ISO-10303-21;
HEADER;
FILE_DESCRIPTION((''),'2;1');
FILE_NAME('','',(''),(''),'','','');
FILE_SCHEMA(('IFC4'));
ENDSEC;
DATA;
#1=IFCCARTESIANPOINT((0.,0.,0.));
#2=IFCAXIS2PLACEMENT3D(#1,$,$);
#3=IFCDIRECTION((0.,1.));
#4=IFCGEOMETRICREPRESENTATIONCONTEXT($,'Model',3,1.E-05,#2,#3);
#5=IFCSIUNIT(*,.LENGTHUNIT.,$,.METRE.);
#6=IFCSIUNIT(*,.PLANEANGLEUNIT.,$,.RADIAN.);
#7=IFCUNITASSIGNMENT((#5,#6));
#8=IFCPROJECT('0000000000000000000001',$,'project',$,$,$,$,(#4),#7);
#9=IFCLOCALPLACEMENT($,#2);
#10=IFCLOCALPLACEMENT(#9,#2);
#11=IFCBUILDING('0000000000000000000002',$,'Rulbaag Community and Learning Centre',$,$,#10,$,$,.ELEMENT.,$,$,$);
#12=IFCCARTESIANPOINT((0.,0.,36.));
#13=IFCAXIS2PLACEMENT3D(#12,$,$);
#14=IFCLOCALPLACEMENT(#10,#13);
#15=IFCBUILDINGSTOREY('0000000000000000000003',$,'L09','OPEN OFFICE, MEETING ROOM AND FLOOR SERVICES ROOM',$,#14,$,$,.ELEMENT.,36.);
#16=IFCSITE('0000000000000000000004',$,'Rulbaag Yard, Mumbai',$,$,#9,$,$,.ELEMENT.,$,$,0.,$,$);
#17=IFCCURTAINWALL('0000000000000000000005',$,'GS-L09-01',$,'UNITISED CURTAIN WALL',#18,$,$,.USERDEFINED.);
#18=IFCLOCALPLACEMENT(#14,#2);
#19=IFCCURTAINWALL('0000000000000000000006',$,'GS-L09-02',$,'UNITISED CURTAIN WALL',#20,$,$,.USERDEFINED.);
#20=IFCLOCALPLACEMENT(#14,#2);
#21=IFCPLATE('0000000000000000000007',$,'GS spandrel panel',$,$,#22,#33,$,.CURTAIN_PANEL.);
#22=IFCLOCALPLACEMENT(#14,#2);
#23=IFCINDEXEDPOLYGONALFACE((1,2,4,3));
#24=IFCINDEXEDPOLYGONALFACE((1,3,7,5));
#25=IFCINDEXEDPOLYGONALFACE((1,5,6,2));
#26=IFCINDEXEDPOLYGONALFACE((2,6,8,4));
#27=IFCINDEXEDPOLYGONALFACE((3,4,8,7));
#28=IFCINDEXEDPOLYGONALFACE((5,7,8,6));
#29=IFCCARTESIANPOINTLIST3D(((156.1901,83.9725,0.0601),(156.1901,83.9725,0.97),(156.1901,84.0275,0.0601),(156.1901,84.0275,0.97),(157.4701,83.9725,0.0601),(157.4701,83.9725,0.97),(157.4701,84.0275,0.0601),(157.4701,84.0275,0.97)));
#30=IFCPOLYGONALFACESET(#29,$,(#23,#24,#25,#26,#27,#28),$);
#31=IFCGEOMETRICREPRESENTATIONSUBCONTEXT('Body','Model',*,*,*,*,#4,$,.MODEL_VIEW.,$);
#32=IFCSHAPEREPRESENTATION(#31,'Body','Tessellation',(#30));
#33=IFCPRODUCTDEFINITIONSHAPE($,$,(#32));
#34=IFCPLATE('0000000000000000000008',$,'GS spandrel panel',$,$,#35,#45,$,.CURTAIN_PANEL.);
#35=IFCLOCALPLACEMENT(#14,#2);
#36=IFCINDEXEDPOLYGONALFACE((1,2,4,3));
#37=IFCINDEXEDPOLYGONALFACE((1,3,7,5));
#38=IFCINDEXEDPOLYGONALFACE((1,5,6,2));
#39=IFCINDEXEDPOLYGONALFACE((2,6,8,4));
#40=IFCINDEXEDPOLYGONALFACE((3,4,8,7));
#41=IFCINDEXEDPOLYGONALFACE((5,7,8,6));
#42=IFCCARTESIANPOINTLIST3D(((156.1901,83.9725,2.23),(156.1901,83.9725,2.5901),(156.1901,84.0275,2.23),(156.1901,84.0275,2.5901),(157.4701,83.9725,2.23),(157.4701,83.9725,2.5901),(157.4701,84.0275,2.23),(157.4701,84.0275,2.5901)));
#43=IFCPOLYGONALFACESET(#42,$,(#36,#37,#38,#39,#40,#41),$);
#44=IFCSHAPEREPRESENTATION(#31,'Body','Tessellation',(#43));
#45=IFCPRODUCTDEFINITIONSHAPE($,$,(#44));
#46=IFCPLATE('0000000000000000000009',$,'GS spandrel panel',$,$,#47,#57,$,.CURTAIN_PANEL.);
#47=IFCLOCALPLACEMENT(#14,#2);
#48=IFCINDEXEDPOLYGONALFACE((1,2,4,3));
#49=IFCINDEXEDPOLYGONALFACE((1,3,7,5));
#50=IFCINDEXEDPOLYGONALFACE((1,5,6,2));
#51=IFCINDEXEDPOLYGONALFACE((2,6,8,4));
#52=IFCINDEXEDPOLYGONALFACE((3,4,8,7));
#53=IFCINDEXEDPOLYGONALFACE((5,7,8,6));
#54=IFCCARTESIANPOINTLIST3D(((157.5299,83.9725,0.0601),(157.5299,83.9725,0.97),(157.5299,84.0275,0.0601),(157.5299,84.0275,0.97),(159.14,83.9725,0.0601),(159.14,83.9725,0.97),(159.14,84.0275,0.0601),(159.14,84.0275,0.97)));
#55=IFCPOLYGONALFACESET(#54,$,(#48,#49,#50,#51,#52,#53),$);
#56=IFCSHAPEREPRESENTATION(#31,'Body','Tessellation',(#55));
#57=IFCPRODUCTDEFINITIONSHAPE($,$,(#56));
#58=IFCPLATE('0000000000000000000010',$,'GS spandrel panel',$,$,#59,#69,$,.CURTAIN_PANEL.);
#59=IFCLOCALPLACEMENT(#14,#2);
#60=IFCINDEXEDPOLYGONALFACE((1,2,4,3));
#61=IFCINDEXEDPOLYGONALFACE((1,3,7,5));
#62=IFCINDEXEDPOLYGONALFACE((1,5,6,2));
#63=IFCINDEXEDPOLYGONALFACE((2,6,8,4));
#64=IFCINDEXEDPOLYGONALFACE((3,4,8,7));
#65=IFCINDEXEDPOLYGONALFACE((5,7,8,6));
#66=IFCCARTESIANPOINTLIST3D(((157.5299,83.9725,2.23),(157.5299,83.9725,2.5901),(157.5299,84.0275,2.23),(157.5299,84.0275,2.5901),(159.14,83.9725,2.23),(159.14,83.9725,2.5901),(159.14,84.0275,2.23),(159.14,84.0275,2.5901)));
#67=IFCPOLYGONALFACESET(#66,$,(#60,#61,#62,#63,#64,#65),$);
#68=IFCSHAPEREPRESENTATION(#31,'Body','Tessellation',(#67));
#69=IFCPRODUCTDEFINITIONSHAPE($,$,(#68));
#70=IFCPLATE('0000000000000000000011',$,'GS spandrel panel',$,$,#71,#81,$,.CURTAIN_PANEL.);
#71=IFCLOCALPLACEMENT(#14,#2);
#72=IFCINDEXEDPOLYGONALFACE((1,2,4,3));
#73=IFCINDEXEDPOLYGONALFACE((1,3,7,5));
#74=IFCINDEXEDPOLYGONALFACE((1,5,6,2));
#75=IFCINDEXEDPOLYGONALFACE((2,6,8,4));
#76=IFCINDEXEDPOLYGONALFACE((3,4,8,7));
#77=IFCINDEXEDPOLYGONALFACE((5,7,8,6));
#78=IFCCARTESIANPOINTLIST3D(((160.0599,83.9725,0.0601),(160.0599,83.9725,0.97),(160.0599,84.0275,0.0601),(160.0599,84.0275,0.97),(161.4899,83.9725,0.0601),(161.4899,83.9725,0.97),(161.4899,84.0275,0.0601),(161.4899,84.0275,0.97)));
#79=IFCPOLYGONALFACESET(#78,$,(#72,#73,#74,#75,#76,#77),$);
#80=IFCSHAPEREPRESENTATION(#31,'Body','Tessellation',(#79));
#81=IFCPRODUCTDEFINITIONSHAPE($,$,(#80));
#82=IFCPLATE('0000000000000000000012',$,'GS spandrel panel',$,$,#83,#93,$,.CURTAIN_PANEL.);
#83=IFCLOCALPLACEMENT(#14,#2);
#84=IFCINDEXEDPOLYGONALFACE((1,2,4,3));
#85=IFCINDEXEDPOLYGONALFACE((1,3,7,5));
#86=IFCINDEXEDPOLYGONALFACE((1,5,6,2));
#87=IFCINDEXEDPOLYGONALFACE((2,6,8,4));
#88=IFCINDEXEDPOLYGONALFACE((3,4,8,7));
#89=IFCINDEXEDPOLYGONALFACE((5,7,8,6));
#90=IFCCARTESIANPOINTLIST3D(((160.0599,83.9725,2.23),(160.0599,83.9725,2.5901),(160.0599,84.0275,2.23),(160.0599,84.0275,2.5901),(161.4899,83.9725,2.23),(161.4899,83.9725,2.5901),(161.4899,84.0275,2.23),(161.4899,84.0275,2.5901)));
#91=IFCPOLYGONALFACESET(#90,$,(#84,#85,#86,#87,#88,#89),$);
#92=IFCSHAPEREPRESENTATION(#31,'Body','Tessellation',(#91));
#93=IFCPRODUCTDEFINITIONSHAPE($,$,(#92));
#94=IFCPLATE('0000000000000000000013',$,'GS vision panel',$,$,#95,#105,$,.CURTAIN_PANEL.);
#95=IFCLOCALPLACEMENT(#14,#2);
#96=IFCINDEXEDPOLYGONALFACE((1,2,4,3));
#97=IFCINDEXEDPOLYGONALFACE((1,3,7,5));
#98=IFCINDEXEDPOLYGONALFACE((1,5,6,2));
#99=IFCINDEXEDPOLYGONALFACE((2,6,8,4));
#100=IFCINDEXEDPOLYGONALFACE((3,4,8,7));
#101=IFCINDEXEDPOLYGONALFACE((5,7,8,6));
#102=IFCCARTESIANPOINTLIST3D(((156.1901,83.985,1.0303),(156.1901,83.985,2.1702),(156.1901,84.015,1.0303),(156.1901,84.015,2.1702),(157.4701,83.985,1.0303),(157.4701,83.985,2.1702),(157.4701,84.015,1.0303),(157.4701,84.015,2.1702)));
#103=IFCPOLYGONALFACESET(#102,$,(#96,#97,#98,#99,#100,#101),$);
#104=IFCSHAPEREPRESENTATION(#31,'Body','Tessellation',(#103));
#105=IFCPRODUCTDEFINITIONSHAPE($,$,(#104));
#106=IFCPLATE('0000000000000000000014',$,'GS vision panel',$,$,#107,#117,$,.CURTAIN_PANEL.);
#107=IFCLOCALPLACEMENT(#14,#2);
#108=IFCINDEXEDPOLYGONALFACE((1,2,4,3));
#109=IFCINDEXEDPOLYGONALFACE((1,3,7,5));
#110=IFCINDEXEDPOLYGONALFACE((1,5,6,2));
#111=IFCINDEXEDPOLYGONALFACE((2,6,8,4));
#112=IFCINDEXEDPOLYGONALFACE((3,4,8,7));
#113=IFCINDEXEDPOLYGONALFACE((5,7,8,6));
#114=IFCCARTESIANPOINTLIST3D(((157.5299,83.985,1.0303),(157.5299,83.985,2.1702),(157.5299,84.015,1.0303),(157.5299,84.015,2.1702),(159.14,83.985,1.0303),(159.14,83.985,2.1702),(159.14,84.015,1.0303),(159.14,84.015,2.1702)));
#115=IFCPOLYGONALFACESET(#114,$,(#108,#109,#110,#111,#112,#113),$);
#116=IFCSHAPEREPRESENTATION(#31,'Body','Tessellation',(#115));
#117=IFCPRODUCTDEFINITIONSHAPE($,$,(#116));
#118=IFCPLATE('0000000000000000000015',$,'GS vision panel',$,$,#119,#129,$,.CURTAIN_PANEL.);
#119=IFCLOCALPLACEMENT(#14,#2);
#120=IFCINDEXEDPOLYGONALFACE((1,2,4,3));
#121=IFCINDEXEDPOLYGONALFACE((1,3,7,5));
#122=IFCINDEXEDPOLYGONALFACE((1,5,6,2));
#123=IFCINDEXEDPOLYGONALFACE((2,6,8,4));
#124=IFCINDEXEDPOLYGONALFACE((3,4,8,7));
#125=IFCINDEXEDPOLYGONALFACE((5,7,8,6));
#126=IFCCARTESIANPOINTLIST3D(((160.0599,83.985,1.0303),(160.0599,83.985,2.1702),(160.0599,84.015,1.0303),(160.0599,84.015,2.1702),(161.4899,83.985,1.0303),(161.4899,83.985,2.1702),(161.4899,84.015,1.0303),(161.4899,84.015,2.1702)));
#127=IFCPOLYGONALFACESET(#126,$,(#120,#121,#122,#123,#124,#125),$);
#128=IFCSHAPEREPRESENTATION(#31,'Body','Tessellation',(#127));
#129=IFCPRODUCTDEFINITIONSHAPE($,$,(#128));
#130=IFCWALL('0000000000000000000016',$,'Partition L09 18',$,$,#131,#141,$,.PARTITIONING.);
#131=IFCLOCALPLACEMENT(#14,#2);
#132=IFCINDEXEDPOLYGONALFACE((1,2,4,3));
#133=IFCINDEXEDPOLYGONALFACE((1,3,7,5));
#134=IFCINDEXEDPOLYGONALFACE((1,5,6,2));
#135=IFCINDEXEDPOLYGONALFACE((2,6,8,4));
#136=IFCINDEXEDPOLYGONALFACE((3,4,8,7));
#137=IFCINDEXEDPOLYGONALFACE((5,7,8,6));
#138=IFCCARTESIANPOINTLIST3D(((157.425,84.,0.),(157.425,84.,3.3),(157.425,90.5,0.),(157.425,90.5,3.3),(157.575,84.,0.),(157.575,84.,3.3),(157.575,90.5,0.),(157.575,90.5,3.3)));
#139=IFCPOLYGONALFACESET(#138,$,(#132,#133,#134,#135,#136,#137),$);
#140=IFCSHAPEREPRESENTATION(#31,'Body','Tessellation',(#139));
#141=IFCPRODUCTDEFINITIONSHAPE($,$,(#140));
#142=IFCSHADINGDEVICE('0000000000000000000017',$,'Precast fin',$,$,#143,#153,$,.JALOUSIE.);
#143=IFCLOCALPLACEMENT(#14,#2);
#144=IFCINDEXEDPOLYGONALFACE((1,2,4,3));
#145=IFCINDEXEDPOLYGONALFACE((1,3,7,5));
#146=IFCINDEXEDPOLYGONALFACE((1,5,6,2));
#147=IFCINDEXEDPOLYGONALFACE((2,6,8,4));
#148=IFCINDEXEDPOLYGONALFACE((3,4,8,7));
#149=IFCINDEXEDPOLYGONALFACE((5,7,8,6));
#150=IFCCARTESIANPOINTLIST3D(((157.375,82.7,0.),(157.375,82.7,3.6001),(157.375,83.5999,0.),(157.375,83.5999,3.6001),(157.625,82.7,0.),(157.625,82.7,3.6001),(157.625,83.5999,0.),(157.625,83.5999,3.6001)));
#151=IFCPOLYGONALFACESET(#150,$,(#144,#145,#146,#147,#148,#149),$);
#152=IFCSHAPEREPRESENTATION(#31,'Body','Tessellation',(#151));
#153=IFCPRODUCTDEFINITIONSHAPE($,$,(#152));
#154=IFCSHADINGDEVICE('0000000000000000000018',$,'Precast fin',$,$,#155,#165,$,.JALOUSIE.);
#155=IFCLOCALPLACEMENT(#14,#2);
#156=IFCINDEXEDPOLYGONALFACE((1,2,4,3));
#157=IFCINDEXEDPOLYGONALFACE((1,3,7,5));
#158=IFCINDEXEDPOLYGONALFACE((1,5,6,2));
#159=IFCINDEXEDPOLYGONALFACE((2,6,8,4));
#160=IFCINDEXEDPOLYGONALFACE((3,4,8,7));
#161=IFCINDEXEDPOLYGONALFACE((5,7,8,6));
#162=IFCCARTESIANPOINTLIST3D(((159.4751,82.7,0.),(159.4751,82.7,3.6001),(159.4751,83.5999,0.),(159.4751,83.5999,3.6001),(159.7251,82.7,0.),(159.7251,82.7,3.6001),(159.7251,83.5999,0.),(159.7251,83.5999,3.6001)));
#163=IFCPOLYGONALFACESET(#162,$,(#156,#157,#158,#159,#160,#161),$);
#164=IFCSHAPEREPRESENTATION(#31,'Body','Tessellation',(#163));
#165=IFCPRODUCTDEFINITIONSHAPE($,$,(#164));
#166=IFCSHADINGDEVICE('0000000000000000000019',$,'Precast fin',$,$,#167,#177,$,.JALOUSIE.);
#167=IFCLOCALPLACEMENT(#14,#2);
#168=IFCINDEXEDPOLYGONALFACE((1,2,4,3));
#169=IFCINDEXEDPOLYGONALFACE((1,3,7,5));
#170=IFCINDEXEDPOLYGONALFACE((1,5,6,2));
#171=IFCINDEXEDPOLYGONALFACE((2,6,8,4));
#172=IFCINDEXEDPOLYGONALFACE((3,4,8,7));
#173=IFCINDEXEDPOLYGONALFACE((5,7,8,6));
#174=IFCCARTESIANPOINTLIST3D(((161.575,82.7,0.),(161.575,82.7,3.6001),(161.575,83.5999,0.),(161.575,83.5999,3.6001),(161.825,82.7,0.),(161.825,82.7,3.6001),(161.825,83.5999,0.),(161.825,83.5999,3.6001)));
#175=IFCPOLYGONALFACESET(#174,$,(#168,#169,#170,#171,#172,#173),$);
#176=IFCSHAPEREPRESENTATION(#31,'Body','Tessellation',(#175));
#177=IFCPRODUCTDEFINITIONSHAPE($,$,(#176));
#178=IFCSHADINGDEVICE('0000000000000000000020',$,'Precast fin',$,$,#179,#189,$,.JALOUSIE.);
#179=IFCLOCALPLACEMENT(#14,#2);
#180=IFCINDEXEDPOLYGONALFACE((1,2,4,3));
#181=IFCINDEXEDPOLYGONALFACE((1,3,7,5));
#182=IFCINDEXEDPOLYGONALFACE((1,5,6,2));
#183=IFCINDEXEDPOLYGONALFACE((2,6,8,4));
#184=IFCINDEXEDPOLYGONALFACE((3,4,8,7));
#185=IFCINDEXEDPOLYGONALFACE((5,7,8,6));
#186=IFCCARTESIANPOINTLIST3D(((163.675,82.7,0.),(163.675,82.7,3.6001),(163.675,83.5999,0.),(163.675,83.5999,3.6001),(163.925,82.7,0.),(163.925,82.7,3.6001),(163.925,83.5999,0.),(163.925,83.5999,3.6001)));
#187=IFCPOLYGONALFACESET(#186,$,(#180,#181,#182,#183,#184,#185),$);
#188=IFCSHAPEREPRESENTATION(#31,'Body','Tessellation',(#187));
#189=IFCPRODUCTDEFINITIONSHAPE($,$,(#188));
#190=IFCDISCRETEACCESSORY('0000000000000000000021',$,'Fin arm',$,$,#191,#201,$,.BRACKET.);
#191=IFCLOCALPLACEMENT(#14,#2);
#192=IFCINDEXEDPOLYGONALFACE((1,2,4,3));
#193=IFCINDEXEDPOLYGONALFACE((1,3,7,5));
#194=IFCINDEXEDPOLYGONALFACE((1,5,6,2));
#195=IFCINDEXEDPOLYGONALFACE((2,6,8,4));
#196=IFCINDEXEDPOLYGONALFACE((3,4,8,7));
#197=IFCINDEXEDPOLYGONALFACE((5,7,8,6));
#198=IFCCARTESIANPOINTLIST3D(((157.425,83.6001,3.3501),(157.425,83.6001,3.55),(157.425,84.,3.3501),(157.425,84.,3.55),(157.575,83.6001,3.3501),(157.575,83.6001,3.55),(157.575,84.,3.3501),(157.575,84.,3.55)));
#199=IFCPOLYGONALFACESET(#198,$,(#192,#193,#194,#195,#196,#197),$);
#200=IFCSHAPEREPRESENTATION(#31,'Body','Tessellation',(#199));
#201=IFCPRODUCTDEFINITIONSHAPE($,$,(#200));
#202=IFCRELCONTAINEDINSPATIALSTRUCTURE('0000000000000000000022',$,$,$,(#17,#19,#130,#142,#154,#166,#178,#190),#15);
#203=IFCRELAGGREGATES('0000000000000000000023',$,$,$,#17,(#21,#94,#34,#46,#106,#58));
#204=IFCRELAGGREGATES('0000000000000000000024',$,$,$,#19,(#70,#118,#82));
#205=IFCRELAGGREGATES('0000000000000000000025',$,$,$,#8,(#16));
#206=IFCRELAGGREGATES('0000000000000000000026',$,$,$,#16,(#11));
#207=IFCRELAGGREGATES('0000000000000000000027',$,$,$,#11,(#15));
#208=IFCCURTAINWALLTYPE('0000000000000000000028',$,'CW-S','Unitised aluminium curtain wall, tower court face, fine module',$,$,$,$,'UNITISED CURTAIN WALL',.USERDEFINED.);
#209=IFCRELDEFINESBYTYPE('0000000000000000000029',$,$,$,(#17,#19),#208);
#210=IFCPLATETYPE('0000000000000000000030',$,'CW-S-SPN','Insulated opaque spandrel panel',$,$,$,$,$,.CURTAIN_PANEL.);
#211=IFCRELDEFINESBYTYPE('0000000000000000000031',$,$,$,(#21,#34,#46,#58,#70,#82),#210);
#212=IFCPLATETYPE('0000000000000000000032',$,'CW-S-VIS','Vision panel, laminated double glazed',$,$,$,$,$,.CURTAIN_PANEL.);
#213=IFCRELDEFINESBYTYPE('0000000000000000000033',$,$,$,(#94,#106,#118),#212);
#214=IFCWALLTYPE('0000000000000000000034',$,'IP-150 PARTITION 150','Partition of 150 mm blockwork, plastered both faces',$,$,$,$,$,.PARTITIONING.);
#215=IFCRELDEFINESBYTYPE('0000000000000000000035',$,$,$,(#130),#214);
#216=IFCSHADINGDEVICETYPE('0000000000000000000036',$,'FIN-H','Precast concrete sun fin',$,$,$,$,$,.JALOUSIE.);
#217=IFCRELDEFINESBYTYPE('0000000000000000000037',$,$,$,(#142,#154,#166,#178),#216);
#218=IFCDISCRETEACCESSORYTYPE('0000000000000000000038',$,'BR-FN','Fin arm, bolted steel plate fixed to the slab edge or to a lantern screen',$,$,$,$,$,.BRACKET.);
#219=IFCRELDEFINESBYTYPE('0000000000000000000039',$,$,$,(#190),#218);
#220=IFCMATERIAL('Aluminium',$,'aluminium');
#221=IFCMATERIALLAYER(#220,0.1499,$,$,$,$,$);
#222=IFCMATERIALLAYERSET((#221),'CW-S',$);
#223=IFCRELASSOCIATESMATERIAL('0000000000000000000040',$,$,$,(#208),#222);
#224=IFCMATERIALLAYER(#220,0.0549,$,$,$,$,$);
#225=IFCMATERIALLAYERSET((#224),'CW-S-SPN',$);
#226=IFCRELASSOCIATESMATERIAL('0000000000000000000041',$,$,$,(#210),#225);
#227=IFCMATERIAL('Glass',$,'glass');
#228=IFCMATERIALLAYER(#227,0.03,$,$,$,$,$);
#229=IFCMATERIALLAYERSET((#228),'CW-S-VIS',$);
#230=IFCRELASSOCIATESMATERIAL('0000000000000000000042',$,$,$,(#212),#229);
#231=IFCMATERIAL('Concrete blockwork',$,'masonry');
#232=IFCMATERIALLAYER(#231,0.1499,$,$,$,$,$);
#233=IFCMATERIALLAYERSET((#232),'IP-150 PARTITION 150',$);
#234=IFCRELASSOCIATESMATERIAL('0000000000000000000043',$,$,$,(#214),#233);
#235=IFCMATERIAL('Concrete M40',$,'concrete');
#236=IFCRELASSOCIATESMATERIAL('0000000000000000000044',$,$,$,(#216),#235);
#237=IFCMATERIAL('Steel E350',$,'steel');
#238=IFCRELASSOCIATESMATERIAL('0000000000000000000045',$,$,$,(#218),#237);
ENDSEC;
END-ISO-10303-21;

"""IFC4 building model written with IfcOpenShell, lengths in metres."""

from ifc_helpers import new_model, si_unit, direction, frame, frame_2d, origin, origin_2d, place, context, subcontext, project, spatial, rectangle, extrude, material, layer, layer_set, material_profile, profile_set, type_object, element, aggregate, save


model = new_model("IFC4")

# Units and contexts
model_context = context("Model", 3, precision=1e-05, world=origin(), true_north=direction((0.0, 1.0)))
body_context = subcontext(model_context, "Body", "Model", "MODEL_VIEW")
ifc_project = project(units=[si_unit("LENGTHUNIT", "METRE"), si_unit("PLANEANGLEUNIT", "RADIAN")], contexts=[model_context])

# Site, building, storey
site_placement = place(None, origin())
site = spatial("IfcSite", under=ifc_project, at=site_placement, Name="Rulbaag Yard, Mumbai", CompositionType="ELEMENT", RefElevation=0.0)
building_placement = place(site_placement, origin())
building = spatial("IfcBuilding", under=site, at=building_placement, Name="Rulbaag Community and Learning Centre", CompositionType="ELEMENT")
storey_placement = place(building_placement, frame((0.0, 0.0, 36.0)))
storey = spatial("IfcBuildingStorey", under=building, at=storey_placement, Name="L09", Description="OPEN OFFICE, MEETING ROOM AND FLOOR SERVICES ROOM", CompositionType="ELEMENT", Elevation=36.0)

# Shared definitions
ifc_material_1 = material(Name="Concrete M40", Category="concrete")

# Curtain walls
ifc_material_2 = material(Name="Aluminium", Category="aluminium")
ifc_layer_1 = layer(ifc_material_2, 0.1499)
ifc_layer_set_1 = layer_set([ifc_layer_1], Name="CW-S")
curtain_wall_type = type_object("IfcCurtainWallType", Name="CW-S", Description="Unitised aluminium curtain wall, tower court face, fine module", ElementType="UNITISED CURTAIN WALL", PredefinedType="USERDEFINED", material=ifc_layer_set_1)
curtain_wall_1_placement = place(storey_placement, origin())
curtain_wall_1 = element("IfcCurtainWall", 1, at=curtain_wall_1_placement, inside=storey, type_object=curtain_wall_type, Name="GS-L09-01", ObjectType="UNITISED CURTAIN WALL", PredefinedType="USERDEFINED")
curtain_wall_2_placement = place(storey_placement, origin())
curtain_wall_2 = element("IfcCurtainWall", 2, at=curtain_wall_2_placement, inside=storey, type_object=curtain_wall_type, Name="GS-L09-02", ObjectType="UNITISED CURTAIN WALL", PredefinedType="USERDEFINED")

# Plates
ifc_layer_2 = layer(ifc_material_2, 0.0549)
ifc_layer_set_2 = layer_set([ifc_layer_2], Name="CW-S-SPN")
plate_type_1 = type_object("IfcPlateType", Name="CW-S-SPN", Description="Insulated opaque spandrel panel", PredefinedType="CURTAIN_PANEL", material=ifc_layer_set_2)
plate_1_placement = place(storey_placement, frame((156.8301, 84.0, 0.0601), z_axis=(0.0, 0.0, 1.0), x_axis=(1.0, 0.0, 0.0)))
plate_1 = element("IfcPlate", 3, at=plate_1_placement, type_object=plate_type_1, Name="GS spandrel panel", PredefinedType="CURTAIN_PANEL", context=body_context, shape_type="SweptSolid", body=[
    extrude(rectangle(XDim=1.28, YDim=0.0549, at=origin_2d()), origin(), (0.0, 0.0, 1.0), 0.9099),
])
plate_2_placement = place(storey_placement, frame((156.8301, 84.0, 2.23), z_axis=(0.0, 0.0, 1.0), x_axis=(1.0, 0.0, 0.0)))
plate_2 = element("IfcPlate", 4, at=plate_2_placement, type_object=plate_type_1, Name="GS spandrel panel", PredefinedType="CURTAIN_PANEL", context=body_context, shape_type="SweptSolid", body=[
    extrude(rectangle(XDim=1.28, YDim=0.0549, at=origin_2d()), origin(), (0.0, 0.0, 1.0), 0.3601),
])
plate_3_placement = place(storey_placement, frame((158.335, 84.0, 0.0601), z_axis=(0.0, 0.0, 1.0), x_axis=(1.0, 0.0, 0.0)))
plate_3 = element("IfcPlate", 5, at=plate_3_placement, type_object=plate_type_1, Name="GS spandrel panel", PredefinedType="CURTAIN_PANEL", context=body_context, shape_type="SweptSolid", body=[
    extrude(rectangle(XDim=1.6101, YDim=0.0549, at=origin_2d()), origin(), (0.0, 0.0, 1.0), 0.9099),
])
plate_4_placement = place(storey_placement, frame((158.335, 84.0, 2.23), z_axis=(0.0, 0.0, 1.0), x_axis=(1.0, 0.0, 0.0)))
plate_4 = element("IfcPlate", 6, at=plate_4_placement, type_object=plate_type_1, Name="GS spandrel panel", PredefinedType="CURTAIN_PANEL", context=body_context, shape_type="SweptSolid", body=[
    extrude(rectangle(XDim=1.6101, YDim=0.0549, at=origin_2d()), origin(), (0.0, 0.0, 1.0), 0.3601),
])
plate_5_placement = place(storey_placement, frame((160.7749, 84.0, 0.0601), z_axis=(0.0, 0.0, 1.0), x_axis=(1.0, 0.0, 0.0)))
plate_5 = element("IfcPlate", 7, at=plate_5_placement, type_object=plate_type_1, Name="GS spandrel panel", PredefinedType="CURTAIN_PANEL", context=body_context, shape_type="SweptSolid", body=[
    extrude(rectangle(XDim=1.4299, YDim=0.0549, at=origin_2d()), origin(), (0.0, 0.0, 1.0), 0.9099),
])
plate_6_placement = place(storey_placement, frame((160.7749, 84.0, 2.23), z_axis=(0.0, 0.0, 1.0), x_axis=(1.0, 0.0, 0.0)))
plate_6 = element("IfcPlate", 8, at=plate_6_placement, type_object=plate_type_1, Name="GS spandrel panel", PredefinedType="CURTAIN_PANEL", context=body_context, shape_type="SweptSolid", body=[
    extrude(rectangle(XDim=1.4299, YDim=0.0549, at=origin_2d()), origin(), (0.0, 0.0, 1.0), 0.3601),
])
ifc_material_3 = material(Name="Glass", Category="glass")
ifc_layer_3 = layer(ifc_material_3, 0.03)
ifc_layer_set_3 = layer_set([ifc_layer_3], Name="CW-S-VIS")
plate_type_2 = type_object("IfcPlateType", Name="CW-S-VIS", Description="Vision panel, laminated double glazed", PredefinedType="CURTAIN_PANEL", material=ifc_layer_set_3)
plate_7_placement = place(storey_placement, frame((156.8301, 84.0, 1.0303), z_axis=(0.0, 0.0, 1.0), x_axis=(1.0, 0.0, 0.0)))
plate_7 = element("IfcPlate", 9, at=plate_7_placement, type_object=plate_type_2, Name="GS vision panel", PredefinedType="CURTAIN_PANEL", context=body_context, shape_type="SweptSolid", body=[
    extrude(rectangle(XDim=1.28, YDim=0.03, at=origin_2d()), origin(), (0.0, 0.0, 1.0), 1.1399),
])
plate_8_placement = place(storey_placement, frame((158.335, 84.0, 1.0303), z_axis=(0.0, 0.0, 1.0), x_axis=(1.0, 0.0, 0.0)))
plate_8 = element("IfcPlate", 10, at=plate_8_placement, type_object=plate_type_2, Name="GS vision panel", PredefinedType="CURTAIN_PANEL", context=body_context, shape_type="SweptSolid", body=[
    extrude(rectangle(XDim=1.6101, YDim=0.03, at=origin_2d()), origin(), (0.0, 0.0, 1.0), 1.1399),
])
aggregate(curtain_wall_1, [plate_1, plate_7, plate_2, plate_3, plate_8, plate_4])
plate_9_placement = place(storey_placement, frame((160.7749, 84.0, 1.0303), z_axis=(0.0, 0.0, 1.0), x_axis=(1.0, 0.0, 0.0)))
plate_9 = element("IfcPlate", 11, at=plate_9_placement, type_object=plate_type_2, Name="GS vision panel", PredefinedType="CURTAIN_PANEL", context=body_context, shape_type="SweptSolid", body=[
    extrude(rectangle(XDim=1.4299, YDim=0.03, at=origin_2d()), origin(), (0.0, 0.0, 1.0), 1.1399),
])
aggregate(curtain_wall_2, [plate_5, plate_9, plate_6])

# Wall
ifc_material_4 = material(Name="Concrete blockwork", Category="masonry")
ifc_layer_4 = layer(ifc_material_4, 0.1499)
ifc_layer_set_4 = layer_set([ifc_layer_4], Name="IP-150 PARTITION 150")
wall_type = type_object("IfcWallType", Name="IP-150 PARTITION 150", Description="Partition of 150 mm blockwork, plastered both faces", PredefinedType="PARTITIONING", material=ifc_layer_set_4)
wall_placement = place(storey_placement, frame((157.5, 84.0, 0.0), z_axis=(0.0, 0.0, 1.0), x_axis=(0.0, 1.0, 0.0)))
element("IfcWall", 12, at=wall_placement, inside=storey, type_object=wall_type, Name="Partition L09 18", PredefinedType="PARTITIONING", context=body_context, shape_type="SweptSolid", body=[
    extrude(rectangle(XDim=6.5, YDim=0.1499, at=frame_2d((3.25, 0.0))), origin(), (0.0, 0.0, 1.0), 3.3),
])

# Shading devices
ifc_material_profile_1 = material_profile(ifc_material_1, rectangle(XDim=0.25, YDim=0.8999, at=origin_2d()), Name="PC 250x900")
ifc_profile_set_1 = profile_set([ifc_material_profile_1], Name="Concrete M40")
shading_device_type = type_object("IfcShadingDeviceType", Name="FIN-H", Description="Precast concrete sun fin", PredefinedType="JALOUSIE", material=ifc_profile_set_1)
for number, where, z_axis, x_axis, name in (
    (13, (157.5, 83.1499, 0.0), (0.0, 0.0, 1.0), (1.0, 0.0, 0.0), "Precast fin"),
    (14, (159.6001, 83.1499, 0.0), (0.0, 0.0, 1.0), (1.0, 0.0, 0.0), "Precast fin"),
    (15, (161.7, 83.1499, 0.0), (0.0, 0.0, 1.0), (1.0, 0.0, 0.0), "Precast fin"),
    (16, (163.8, 83.1499, 0.0), (0.0, 0.0, 1.0), (1.0, 0.0, 0.0), "Precast fin"),
):
    element("IfcShadingDevice", number, at=place(storey_placement, frame(where, z_axis=z_axis, x_axis=x_axis)), inside=storey, type_object=shading_device_type, Name=name, PredefinedType="JALOUSIE", context=body_context, shape_type="SweptSolid", body=[
        extrude(rectangle(XDim=0.25, YDim=0.8999, at=origin_2d()), origin(), (0.0, 0.0, 1.0), 3.6001),
    ])

# Discrete accessory
ifc_material_5 = material(Name="Steel E350", Category="steel")
discrete_accessory_type = type_object("IfcDiscreteAccessoryType", Name="BR-FN", Description="Fin arm, bolted steel plate fixed to the slab edge or to a lantern screen", PredefinedType="BRACKET", material=ifc_material_5)
for number, where, z_axis, x_axis, name in (
    (17, (157.5, 83.8, 3.3501), (0.0, 0.0, 1.0), (1.0, 0.0, 0.0), "Fin arm"),
):
    element("IfcDiscreteAccessory", number, at=place(storey_placement, frame(where, z_axis=z_axis, x_axis=x_axis)), inside=storey, type_object=discrete_accessory_type, Name=name, PredefinedType="BRACKET", context=body_context, shape_type="SweptSolid", body=[
        extrude(rectangle(XDim=0.1499, YDim=0.3999, at=origin_2d()), origin(), (0.0, 0.0, 1.0), 0.2),
    ])

save(model, "model.ifc")
